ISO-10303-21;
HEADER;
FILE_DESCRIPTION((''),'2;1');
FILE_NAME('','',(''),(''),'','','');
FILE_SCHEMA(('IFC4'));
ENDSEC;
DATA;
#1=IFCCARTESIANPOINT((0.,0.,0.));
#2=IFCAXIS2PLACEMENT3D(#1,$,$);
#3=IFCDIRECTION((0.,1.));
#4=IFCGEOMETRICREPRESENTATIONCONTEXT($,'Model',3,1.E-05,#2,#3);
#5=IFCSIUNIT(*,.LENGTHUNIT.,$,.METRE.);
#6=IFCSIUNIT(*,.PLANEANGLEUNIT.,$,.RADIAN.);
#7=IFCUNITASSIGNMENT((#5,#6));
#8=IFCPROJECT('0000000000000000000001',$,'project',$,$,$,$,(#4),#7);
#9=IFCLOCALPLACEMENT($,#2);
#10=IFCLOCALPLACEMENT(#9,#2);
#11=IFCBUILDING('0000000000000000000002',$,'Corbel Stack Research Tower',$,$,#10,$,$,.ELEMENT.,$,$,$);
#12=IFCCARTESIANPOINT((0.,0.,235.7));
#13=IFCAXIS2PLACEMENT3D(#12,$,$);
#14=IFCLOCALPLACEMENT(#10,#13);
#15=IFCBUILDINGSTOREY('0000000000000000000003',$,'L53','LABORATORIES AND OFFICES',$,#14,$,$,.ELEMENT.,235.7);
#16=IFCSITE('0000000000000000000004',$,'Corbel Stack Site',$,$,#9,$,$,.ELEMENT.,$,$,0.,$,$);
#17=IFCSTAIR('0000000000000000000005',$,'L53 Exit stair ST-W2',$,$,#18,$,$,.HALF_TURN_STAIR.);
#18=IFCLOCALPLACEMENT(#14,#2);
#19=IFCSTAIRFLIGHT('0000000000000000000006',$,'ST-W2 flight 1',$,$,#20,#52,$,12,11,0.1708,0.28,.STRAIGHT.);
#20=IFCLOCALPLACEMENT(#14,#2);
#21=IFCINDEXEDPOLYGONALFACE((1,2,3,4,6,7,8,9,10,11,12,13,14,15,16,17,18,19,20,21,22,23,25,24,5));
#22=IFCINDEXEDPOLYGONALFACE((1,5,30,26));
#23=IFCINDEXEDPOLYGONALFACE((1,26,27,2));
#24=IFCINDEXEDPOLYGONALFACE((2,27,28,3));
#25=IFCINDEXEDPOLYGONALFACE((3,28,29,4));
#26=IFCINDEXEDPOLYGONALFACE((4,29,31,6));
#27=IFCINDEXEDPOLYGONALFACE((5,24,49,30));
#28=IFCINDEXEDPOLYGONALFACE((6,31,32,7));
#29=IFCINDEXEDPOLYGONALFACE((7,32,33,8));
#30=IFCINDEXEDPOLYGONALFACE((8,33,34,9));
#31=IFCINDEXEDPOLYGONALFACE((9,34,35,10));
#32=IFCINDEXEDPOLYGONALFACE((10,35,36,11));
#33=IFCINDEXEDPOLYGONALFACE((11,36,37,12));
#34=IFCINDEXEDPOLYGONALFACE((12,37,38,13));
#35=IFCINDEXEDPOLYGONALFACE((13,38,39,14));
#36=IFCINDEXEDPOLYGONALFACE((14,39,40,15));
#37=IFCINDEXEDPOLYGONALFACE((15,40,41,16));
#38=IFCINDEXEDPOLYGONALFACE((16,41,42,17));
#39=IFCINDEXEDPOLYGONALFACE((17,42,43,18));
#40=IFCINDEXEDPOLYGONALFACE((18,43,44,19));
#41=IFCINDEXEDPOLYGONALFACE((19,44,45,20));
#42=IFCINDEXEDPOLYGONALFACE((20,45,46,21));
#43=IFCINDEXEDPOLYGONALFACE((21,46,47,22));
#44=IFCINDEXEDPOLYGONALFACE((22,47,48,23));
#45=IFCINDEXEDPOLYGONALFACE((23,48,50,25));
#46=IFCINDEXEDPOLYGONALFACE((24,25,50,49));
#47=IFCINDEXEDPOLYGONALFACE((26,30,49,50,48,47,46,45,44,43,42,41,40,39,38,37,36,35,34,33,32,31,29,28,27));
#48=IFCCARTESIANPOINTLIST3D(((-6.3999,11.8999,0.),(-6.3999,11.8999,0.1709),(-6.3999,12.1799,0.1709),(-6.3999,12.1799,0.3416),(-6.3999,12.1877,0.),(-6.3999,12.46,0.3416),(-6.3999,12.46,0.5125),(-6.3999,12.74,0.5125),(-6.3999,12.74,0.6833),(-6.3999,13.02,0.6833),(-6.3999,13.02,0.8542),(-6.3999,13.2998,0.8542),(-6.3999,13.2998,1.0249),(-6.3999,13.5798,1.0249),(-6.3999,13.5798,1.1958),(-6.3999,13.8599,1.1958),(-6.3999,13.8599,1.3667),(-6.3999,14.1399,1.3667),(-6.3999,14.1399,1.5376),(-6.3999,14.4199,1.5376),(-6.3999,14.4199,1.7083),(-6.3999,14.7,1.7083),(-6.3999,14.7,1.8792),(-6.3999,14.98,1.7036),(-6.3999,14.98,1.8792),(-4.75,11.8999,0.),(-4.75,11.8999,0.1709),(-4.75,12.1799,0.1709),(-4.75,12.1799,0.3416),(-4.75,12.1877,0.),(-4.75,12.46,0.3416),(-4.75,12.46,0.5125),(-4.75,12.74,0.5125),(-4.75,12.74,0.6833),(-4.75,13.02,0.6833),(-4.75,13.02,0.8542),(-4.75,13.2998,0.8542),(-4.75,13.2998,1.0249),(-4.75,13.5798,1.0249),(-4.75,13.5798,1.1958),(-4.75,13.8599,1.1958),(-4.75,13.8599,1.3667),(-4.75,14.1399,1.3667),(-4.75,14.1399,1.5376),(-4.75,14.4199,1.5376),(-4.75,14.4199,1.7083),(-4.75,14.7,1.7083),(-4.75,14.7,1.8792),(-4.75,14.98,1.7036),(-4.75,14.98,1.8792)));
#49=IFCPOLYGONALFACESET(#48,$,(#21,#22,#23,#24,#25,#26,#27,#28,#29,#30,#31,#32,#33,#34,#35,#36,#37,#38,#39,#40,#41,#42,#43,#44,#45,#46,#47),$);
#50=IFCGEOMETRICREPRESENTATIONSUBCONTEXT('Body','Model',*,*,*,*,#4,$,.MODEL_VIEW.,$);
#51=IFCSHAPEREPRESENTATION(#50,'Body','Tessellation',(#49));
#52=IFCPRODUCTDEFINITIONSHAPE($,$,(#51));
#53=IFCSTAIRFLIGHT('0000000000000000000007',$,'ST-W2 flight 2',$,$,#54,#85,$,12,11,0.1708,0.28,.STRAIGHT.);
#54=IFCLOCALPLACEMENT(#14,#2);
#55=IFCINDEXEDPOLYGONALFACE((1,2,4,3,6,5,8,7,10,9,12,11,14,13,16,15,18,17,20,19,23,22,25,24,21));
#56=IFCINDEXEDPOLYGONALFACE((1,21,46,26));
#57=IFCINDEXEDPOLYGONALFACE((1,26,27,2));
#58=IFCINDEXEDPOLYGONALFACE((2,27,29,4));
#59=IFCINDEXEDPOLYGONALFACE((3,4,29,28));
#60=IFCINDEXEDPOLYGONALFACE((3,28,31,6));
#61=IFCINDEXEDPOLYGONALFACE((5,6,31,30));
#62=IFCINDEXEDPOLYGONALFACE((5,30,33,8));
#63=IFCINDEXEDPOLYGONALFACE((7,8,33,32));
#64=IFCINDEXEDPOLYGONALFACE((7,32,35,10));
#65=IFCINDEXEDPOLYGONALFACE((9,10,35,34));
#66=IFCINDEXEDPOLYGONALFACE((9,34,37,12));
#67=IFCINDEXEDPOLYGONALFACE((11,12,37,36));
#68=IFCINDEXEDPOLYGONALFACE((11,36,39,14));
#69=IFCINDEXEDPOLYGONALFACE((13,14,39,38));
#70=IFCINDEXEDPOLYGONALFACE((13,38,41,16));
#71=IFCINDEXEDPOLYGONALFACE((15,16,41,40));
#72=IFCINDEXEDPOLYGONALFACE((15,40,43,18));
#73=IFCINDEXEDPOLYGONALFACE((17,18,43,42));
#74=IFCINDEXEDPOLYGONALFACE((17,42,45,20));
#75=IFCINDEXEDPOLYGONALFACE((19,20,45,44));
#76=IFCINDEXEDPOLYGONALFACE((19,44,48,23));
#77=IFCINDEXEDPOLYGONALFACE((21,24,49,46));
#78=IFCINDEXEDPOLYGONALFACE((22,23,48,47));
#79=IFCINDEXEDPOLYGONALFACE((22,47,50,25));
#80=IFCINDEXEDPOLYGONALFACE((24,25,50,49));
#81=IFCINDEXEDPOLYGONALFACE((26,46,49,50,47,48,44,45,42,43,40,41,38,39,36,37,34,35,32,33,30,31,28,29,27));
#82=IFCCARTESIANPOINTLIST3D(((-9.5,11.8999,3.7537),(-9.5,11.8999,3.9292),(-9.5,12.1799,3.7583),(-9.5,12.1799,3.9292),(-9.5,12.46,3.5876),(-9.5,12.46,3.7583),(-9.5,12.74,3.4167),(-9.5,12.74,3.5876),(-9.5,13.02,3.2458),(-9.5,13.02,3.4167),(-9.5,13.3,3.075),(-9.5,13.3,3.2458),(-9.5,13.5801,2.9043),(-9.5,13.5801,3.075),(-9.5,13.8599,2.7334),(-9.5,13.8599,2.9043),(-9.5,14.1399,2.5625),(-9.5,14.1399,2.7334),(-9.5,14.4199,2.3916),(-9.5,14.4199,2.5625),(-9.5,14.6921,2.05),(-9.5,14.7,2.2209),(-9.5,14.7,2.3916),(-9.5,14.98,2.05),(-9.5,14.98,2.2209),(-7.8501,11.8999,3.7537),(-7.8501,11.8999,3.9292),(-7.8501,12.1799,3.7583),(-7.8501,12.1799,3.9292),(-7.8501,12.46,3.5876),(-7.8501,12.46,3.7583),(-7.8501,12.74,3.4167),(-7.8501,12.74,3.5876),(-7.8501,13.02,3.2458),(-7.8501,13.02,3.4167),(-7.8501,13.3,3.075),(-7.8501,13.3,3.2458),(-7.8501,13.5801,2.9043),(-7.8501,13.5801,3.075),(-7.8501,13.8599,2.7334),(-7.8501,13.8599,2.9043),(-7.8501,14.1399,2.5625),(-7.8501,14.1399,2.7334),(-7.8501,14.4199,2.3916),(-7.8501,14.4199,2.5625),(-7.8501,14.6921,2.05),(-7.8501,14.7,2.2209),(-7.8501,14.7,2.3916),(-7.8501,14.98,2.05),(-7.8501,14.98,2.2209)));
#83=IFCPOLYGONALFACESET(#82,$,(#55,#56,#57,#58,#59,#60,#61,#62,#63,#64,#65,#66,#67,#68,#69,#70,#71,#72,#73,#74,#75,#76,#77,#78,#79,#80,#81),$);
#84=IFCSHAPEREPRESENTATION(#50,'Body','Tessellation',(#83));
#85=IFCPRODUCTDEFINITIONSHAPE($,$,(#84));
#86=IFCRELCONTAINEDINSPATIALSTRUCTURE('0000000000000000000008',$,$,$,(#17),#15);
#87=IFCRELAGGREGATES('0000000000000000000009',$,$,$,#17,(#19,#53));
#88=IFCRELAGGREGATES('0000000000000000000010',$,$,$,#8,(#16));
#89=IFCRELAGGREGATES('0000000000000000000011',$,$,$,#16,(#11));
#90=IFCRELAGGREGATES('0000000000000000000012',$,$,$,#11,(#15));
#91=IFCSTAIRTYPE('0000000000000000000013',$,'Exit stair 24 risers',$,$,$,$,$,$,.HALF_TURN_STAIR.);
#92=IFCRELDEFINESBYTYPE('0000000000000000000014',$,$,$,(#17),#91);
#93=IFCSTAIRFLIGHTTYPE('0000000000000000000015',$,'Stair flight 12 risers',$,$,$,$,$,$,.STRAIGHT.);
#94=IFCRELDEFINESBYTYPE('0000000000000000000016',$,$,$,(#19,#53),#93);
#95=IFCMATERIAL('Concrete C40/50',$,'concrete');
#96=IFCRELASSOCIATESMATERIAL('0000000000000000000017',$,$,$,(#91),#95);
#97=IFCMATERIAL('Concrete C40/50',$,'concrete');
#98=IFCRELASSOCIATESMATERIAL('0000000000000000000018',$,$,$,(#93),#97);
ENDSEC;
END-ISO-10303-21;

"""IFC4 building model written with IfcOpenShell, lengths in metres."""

from ifc_helpers import new_model, si_unit, direction, frame, origin, place, context, subcontext, project, spatial, polyline, outline, extrude, material, type_object, element, aggregate, save


model = new_model("IFC4")

# Units and contexts
model_context = context("Model", 3, precision=1e-05, world=origin(), true_north=direction((0.0, 1.0)))
body_context = subcontext(model_context, "Body", "Model", "MODEL_VIEW")
ifc_project = project(units=[si_unit("LENGTHUNIT", "METRE"), si_unit("PLANEANGLEUNIT", "RADIAN")], contexts=[model_context])

# Site, building, storey
site_placement = place(None, origin())
site = spatial("IfcSite", under=ifc_project, at=site_placement, Name="Corbel Stack Site", CompositionType="ELEMENT", RefElevation=0.0)
building_placement = place(site_placement, origin())
building = spatial("IfcBuilding", under=site, at=building_placement, Name="Corbel Stack Research Tower", CompositionType="ELEMENT")
storey_placement = place(building_placement, frame((0.0, 0.0, 235.7)))
storey = spatial("IfcBuildingStorey", under=building, at=storey_placement, Name="L53", Description="LABORATORIES AND OFFICES", CompositionType="ELEMENT", Elevation=235.7)

# Shared definitions
ifc_material_1 = material(Name="Concrete C40/50", Category="concrete")
stair_type = type_object("IfcStairType", Name="Exit stair 24 risers", PredefinedType="HALF_TURN_STAIR", material=ifc_material_1)

# Stair, stair flights
stair_1_placement = place(storey_placement, origin())
stair_1 = element("IfcStair", 1, at=stair_1_placement, inside=storey, type_object=stair_type, Name="L53 Exit stair ST-W2", PredefinedType="HALF_TURN_STAIR")
ifc_material_2 = material(Name="Concrete C40/50", Category="concrete")
stair_flight_type = type_object("IfcStairFlightType", Name="Stair flight 12 risers", PredefinedType="STRAIGHT", material=ifc_material_2)
stair_flight_1_placement = place(storey_placement, frame((-5.575, 11.8999, 0.0), z_axis=(0.0, 0.0, 1.0), x_axis=(0.0, 1.0, 0.0)))
stair_flight_1 = element("IfcStairFlight", 2, at=stair_flight_1_placement, type_object=stair_flight_type, Name="ST-W2 flight 1", NumberOfRisers=12, NumberOfTreads=11, PredefinedType="STRAIGHT", RiserHeight=0.1708, TreadLength=0.28, context=body_context, shape_type="SweptSolid", body=[
    extrude(outline(polyline([(0.0, 0.0), (0.0, 0.1709), (0.28, 0.1709), (0.28, 0.3416), (0.5601, 0.3416), (0.5601, 0.5125), (0.8401, 0.5125), (0.8401, 0.6833), (1.1201, 0.6833), (1.1201, 0.8542), (1.3999, 0.8542), (1.3999, 1.0249), (1.6799, 1.0249), (1.6799, 1.1958), (1.96, 1.1958), (1.96, 1.3667), (2.24, 1.3667), (2.24, 1.5376), (2.52, 1.5376), (2.52, 1.7083), (2.8, 1.7083), (2.8, 1.8792), (3.0801, 1.8792), (3.0801, 2.05), (3.0801, 1.7036), (0.2878, 0.0), (0.0, 0.0)])), frame((0.0, 0.825, 0.0), z_axis=(0.0, -1.0, 0.0), x_axis=(1.0, 0.0, 0.0)), (0.0, 0.0, 1.0), 1.6499),
])
stair_flight_2_placement = place(storey_placement, frame((-8.675, 14.98, 2.05), z_axis=(0.0, 0.0, 1.0), x_axis=(0.0, -1.0, 0.0)))
stair_flight_2 = element("IfcStairFlight", 3, at=stair_flight_2_placement, type_object=stair_flight_type, Name="ST-W2 flight 2", NumberOfRisers=12, NumberOfTreads=11, PredefinedType="STRAIGHT", RiserHeight=0.1708, TreadLength=0.28, context=body_context, shape_type="SweptSolid", body=[
    extrude(outline(polyline([(0.0, 0.0), (0.0, 0.1709), (0.28, 0.1709), (0.28, 0.3416), (0.5601, 0.3416), (0.5601, 0.5125), (0.8401, 0.5125), (0.8401, 0.6833), (1.1201, 0.6833), (1.1201, 0.8542), (1.3999, 0.8542), (1.3999, 1.0249), (1.6799, 1.0249), (1.6799, 1.1958), (1.96, 1.1958), (1.96, 1.3667), (2.24, 1.3667), (2.24, 1.5376), (2.52, 1.5376), (2.52, 1.7083), (2.8, 1.7083), (2.8, 1.8792), (3.0801, 1.8792), (3.0801, 2.05), (3.0801, 1.7036), (0.2878, 0.0), (0.0, 0.0)])), frame((0.0, 0.825, 0.0), z_axis=(0.0, -1.0, 0.0), x_axis=(1.0, 0.0, 0.0)), (0.0, 0.0, 1.0), 1.6499),
])
aggregate(stair_1, [stair_flight_1, stair_flight_2])

save(model, "model.ifc")
